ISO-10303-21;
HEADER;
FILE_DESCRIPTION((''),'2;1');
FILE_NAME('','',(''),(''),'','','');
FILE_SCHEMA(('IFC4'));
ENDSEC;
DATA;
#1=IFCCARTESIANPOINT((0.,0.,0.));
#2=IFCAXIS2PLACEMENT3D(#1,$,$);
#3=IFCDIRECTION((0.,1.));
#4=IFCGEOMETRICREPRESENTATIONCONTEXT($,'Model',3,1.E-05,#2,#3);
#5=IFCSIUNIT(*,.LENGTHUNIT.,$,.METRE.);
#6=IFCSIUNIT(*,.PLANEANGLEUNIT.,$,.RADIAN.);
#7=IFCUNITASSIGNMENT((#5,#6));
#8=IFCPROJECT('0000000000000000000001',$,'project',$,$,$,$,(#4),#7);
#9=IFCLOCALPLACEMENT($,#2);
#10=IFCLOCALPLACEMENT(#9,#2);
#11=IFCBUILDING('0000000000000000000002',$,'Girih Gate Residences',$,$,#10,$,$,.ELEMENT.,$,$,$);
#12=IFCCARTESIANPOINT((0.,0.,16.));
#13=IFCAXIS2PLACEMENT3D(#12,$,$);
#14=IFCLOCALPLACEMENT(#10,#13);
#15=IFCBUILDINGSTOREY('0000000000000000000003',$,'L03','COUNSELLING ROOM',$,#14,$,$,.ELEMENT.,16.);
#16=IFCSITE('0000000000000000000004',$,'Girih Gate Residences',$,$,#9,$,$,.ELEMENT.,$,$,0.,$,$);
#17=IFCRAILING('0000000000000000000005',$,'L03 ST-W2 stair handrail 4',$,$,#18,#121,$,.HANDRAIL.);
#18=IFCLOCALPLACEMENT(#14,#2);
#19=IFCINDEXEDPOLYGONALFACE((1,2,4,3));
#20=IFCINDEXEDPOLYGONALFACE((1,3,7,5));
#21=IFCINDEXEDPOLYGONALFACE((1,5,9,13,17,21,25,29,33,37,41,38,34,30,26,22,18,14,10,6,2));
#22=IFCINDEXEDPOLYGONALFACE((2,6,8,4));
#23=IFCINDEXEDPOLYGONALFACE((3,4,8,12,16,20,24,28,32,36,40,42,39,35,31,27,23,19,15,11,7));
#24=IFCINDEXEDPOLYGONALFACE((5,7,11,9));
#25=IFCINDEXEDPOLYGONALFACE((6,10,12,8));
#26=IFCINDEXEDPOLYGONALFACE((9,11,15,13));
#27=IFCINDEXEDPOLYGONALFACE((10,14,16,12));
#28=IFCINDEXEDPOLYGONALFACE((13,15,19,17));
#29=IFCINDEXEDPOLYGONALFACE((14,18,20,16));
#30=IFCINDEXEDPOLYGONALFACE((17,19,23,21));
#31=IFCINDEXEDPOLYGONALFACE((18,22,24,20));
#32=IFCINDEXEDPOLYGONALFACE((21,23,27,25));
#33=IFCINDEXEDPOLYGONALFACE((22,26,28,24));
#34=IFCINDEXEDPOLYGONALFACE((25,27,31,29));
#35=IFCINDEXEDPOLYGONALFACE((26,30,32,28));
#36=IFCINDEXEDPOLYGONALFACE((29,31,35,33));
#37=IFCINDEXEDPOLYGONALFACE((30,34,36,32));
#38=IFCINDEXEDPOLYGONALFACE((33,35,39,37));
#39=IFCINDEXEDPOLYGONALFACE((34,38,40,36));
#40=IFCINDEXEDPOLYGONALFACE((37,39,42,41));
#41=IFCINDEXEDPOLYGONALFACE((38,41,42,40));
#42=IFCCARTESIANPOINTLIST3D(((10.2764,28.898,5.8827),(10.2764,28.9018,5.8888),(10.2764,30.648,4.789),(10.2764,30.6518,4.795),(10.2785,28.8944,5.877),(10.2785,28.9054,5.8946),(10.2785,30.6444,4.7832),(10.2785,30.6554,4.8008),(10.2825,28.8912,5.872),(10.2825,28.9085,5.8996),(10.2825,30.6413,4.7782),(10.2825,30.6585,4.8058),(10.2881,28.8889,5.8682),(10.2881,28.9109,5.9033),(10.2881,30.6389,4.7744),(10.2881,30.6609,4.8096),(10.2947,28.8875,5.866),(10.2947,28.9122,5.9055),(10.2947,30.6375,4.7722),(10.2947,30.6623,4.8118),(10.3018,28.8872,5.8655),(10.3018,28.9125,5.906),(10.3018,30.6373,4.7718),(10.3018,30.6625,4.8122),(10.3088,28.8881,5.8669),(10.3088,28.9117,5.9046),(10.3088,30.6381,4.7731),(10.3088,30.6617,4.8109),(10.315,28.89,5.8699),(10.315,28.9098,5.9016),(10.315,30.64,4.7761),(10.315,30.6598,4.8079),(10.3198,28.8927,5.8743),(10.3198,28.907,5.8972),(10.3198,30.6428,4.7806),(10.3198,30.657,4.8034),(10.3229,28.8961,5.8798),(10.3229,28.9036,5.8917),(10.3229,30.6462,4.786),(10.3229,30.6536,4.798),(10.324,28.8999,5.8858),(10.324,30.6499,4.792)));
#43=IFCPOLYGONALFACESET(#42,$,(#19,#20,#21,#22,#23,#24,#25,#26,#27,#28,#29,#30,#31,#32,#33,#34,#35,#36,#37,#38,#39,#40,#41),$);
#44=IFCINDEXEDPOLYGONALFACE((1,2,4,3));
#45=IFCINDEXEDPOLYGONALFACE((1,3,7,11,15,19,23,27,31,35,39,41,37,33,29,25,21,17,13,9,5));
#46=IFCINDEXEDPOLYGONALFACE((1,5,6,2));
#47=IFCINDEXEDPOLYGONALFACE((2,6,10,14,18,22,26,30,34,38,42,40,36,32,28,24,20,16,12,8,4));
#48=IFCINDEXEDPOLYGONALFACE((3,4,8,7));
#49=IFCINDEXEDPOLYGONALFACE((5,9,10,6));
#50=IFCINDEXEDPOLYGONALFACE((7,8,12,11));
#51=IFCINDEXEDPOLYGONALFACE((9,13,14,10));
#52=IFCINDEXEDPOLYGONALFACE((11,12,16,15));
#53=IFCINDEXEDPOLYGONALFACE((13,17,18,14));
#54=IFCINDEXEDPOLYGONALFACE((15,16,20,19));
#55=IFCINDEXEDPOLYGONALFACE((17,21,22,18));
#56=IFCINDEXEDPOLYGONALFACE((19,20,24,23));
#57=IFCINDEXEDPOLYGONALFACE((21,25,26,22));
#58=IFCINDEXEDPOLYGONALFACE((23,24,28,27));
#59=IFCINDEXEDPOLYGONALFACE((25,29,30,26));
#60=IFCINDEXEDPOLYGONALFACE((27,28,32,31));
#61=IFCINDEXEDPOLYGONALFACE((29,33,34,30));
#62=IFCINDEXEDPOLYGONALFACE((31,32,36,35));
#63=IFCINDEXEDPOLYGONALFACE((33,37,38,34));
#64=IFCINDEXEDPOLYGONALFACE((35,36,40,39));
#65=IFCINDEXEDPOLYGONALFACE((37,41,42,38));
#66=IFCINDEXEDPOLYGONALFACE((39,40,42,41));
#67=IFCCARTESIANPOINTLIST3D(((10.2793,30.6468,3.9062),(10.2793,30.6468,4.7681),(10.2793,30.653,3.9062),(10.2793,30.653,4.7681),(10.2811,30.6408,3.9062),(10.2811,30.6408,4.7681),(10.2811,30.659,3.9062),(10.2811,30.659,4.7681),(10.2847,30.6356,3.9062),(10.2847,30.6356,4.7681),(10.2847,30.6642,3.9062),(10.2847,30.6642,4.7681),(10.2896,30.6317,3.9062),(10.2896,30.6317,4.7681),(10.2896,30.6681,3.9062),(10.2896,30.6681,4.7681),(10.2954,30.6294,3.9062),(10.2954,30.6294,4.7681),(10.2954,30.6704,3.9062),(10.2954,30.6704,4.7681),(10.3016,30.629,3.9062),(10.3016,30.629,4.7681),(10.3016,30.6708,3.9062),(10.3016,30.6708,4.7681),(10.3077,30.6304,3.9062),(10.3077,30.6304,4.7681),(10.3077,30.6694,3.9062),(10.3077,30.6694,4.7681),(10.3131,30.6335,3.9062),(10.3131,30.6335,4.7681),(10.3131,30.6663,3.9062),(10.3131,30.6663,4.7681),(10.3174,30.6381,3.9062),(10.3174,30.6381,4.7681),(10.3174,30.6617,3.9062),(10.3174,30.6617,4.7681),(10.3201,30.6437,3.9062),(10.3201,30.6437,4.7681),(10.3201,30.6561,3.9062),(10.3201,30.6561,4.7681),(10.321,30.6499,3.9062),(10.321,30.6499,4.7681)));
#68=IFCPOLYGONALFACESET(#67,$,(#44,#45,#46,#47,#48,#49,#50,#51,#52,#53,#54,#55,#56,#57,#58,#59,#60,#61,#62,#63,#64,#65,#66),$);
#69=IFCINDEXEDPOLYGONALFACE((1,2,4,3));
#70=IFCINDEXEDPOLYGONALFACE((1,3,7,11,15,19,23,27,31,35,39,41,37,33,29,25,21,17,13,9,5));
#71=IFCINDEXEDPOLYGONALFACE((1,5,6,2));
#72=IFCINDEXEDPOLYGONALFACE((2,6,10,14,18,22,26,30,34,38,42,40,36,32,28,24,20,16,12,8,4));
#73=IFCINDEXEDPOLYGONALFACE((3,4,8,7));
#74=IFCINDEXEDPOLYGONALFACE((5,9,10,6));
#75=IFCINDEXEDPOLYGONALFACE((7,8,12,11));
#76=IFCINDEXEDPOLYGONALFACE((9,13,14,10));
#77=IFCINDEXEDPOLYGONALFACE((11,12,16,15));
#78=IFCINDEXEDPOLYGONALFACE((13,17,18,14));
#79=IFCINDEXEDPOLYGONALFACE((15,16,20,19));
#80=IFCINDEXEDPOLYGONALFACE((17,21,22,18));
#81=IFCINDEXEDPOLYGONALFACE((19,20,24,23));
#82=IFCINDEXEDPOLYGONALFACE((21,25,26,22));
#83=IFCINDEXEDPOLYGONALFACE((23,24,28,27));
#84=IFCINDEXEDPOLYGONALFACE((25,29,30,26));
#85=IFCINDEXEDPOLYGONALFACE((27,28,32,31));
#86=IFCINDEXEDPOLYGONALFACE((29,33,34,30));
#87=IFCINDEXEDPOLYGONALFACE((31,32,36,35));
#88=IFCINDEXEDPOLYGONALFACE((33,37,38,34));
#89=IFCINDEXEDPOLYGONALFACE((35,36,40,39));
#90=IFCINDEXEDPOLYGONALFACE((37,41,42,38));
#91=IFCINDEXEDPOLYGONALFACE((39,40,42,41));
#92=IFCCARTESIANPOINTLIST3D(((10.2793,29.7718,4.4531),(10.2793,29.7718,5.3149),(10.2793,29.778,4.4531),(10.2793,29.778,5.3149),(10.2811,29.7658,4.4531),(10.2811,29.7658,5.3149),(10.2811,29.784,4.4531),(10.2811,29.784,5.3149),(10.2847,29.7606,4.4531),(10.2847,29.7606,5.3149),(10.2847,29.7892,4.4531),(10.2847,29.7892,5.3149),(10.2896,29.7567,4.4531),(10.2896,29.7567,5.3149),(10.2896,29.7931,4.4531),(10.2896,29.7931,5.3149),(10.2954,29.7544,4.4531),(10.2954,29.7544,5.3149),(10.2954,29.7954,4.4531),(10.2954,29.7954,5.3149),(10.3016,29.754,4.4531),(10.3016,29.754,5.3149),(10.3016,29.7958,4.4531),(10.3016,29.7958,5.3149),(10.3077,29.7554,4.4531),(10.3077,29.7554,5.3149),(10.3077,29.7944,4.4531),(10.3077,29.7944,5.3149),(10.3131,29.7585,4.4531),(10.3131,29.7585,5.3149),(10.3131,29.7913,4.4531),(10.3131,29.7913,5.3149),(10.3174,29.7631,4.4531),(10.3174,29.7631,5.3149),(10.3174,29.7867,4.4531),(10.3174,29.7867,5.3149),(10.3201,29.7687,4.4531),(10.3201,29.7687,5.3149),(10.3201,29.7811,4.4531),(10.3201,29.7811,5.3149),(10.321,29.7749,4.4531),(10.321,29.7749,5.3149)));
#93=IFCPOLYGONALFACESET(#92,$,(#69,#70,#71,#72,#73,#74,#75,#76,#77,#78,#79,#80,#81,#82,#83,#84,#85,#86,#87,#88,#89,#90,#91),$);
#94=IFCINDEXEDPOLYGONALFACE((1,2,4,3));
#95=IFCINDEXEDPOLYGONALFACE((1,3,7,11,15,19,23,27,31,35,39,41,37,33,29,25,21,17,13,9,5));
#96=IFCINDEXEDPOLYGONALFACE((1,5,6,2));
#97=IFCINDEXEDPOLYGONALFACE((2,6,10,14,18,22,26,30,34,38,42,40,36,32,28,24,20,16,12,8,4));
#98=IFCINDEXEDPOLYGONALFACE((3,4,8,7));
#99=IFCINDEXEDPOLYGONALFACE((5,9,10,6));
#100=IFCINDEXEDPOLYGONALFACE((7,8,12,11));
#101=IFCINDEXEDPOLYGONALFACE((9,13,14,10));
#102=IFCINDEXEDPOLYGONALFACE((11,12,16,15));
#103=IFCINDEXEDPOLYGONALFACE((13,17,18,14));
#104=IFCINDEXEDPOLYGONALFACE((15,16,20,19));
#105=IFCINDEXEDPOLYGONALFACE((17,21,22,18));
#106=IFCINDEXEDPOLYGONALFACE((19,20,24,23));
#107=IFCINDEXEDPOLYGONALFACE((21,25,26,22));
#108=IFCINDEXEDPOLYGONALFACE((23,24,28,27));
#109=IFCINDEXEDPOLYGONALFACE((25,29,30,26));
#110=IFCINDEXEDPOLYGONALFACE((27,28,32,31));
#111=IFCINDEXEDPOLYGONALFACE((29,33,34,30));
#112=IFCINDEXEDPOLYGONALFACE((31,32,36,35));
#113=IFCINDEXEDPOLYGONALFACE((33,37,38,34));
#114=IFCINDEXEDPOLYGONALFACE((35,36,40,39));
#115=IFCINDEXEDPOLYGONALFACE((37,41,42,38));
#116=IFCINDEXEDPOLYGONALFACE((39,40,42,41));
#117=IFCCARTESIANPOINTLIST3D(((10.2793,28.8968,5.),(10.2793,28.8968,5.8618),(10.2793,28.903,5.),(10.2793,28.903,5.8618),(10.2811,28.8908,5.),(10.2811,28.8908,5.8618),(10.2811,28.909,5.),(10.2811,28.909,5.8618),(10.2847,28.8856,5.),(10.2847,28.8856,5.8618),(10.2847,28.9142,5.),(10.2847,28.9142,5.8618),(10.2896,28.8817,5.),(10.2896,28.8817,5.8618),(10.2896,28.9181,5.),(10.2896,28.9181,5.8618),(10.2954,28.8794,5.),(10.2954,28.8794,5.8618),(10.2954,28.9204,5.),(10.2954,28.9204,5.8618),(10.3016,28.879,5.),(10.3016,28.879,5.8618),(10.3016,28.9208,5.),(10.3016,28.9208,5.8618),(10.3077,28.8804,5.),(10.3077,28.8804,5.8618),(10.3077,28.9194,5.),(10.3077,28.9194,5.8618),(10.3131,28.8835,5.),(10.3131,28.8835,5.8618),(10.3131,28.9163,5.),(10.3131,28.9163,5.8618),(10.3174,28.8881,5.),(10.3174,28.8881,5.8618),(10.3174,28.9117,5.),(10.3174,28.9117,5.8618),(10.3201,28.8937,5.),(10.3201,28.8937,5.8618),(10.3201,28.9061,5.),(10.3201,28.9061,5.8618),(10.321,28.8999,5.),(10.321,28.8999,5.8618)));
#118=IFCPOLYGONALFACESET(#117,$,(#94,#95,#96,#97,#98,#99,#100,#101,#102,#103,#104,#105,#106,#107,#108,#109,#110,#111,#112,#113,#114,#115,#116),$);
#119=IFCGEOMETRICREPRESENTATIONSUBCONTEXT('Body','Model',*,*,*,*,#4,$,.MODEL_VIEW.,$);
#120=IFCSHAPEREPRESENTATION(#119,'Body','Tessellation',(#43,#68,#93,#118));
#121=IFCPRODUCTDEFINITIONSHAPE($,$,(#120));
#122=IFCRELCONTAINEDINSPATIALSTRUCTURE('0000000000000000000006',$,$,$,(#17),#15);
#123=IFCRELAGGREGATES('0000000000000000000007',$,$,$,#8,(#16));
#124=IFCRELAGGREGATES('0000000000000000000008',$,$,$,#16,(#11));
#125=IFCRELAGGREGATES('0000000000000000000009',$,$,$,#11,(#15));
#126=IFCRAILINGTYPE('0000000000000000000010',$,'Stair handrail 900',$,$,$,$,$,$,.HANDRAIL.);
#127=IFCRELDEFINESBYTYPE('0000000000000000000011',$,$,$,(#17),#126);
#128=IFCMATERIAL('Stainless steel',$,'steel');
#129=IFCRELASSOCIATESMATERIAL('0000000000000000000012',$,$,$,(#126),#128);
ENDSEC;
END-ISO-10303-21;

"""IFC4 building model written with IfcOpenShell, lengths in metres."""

from ifc_helpers import new_model, si_unit, direction, frame, origin, origin_2d, place, context, subcontext, project, spatial, circle, extrude, material, type_object, element, save


model = new_model("IFC4")

# Units and contexts
model_context = context("Model", 3, precision=1e-05, world=origin(), true_north=direction((0.0, 1.0)))
body_context = subcontext(model_context, "Body", "Model", "MODEL_VIEW")
ifc_project = project(units=[si_unit("LENGTHUNIT", "METRE"), si_unit("PLANEANGLEUNIT", "RADIAN")], contexts=[model_context])

# Site, building, storey
site_placement = place(None, origin())
site = spatial("IfcSite", under=ifc_project, at=site_placement, Name="Girih Gate Residences", CompositionType="ELEMENT", RefElevation=0.0)
building_placement = place(site_placement, origin())
building = spatial("IfcBuilding", under=site, at=building_placement, Name="Girih Gate Residences", CompositionType="ELEMENT")
storey_placement = place(building_placement, frame((0.0, 0.0, 16.0)))
storey = spatial("IfcBuildingStorey", under=building, at=storey_placement, Name="L03", Description="COUNSELLING ROOM", CompositionType="ELEMENT", Elevation=16.0)

# Railing
ifc_material_1 = material(Name="Stainless steel", Category="steel")
railing_type_1 = type_object("IfcRailingType", Name="Stair handrail 900", PredefinedType="HANDRAIL", material=ifc_material_1)
railing_1_placement = place(storey_placement, frame((10.3, 30.6499, 3.9062)))
element("IfcRailing", 1, at=railing_1_placement, inside=storey, type_object=railing_type_1, Name="L03 ST-W2 stair handrail 4", PredefinedType="HANDRAIL", context=body_context, shape_type="SweptSolid", body=[
    extrude(circle(Radius=0.0239, at=origin_2d()), frame((0.0, 0.0, 0.8857), z_axis=(0.0, -0.847998, 0.529999), x_axis=(1.0, 0.0, 0.0)), (0.0, 0.0, 1.0), 2.0637),
    extrude(circle(Radius=0.021, at=origin_2d()), origin(), (0.0, 0.0, 1.0), 0.8618),
    extrude(circle(Radius=0.021, at=origin_2d()), frame((0.0, -0.875, 0.5469)), (0.0, 0.0, 1.0), 0.8618),
    extrude(circle(Radius=0.021, at=origin_2d()), frame((0.0, -1.75, 1.0938)), (0.0, 0.0, 1.0), 0.8618),
])

save(model, "model.ifc")
